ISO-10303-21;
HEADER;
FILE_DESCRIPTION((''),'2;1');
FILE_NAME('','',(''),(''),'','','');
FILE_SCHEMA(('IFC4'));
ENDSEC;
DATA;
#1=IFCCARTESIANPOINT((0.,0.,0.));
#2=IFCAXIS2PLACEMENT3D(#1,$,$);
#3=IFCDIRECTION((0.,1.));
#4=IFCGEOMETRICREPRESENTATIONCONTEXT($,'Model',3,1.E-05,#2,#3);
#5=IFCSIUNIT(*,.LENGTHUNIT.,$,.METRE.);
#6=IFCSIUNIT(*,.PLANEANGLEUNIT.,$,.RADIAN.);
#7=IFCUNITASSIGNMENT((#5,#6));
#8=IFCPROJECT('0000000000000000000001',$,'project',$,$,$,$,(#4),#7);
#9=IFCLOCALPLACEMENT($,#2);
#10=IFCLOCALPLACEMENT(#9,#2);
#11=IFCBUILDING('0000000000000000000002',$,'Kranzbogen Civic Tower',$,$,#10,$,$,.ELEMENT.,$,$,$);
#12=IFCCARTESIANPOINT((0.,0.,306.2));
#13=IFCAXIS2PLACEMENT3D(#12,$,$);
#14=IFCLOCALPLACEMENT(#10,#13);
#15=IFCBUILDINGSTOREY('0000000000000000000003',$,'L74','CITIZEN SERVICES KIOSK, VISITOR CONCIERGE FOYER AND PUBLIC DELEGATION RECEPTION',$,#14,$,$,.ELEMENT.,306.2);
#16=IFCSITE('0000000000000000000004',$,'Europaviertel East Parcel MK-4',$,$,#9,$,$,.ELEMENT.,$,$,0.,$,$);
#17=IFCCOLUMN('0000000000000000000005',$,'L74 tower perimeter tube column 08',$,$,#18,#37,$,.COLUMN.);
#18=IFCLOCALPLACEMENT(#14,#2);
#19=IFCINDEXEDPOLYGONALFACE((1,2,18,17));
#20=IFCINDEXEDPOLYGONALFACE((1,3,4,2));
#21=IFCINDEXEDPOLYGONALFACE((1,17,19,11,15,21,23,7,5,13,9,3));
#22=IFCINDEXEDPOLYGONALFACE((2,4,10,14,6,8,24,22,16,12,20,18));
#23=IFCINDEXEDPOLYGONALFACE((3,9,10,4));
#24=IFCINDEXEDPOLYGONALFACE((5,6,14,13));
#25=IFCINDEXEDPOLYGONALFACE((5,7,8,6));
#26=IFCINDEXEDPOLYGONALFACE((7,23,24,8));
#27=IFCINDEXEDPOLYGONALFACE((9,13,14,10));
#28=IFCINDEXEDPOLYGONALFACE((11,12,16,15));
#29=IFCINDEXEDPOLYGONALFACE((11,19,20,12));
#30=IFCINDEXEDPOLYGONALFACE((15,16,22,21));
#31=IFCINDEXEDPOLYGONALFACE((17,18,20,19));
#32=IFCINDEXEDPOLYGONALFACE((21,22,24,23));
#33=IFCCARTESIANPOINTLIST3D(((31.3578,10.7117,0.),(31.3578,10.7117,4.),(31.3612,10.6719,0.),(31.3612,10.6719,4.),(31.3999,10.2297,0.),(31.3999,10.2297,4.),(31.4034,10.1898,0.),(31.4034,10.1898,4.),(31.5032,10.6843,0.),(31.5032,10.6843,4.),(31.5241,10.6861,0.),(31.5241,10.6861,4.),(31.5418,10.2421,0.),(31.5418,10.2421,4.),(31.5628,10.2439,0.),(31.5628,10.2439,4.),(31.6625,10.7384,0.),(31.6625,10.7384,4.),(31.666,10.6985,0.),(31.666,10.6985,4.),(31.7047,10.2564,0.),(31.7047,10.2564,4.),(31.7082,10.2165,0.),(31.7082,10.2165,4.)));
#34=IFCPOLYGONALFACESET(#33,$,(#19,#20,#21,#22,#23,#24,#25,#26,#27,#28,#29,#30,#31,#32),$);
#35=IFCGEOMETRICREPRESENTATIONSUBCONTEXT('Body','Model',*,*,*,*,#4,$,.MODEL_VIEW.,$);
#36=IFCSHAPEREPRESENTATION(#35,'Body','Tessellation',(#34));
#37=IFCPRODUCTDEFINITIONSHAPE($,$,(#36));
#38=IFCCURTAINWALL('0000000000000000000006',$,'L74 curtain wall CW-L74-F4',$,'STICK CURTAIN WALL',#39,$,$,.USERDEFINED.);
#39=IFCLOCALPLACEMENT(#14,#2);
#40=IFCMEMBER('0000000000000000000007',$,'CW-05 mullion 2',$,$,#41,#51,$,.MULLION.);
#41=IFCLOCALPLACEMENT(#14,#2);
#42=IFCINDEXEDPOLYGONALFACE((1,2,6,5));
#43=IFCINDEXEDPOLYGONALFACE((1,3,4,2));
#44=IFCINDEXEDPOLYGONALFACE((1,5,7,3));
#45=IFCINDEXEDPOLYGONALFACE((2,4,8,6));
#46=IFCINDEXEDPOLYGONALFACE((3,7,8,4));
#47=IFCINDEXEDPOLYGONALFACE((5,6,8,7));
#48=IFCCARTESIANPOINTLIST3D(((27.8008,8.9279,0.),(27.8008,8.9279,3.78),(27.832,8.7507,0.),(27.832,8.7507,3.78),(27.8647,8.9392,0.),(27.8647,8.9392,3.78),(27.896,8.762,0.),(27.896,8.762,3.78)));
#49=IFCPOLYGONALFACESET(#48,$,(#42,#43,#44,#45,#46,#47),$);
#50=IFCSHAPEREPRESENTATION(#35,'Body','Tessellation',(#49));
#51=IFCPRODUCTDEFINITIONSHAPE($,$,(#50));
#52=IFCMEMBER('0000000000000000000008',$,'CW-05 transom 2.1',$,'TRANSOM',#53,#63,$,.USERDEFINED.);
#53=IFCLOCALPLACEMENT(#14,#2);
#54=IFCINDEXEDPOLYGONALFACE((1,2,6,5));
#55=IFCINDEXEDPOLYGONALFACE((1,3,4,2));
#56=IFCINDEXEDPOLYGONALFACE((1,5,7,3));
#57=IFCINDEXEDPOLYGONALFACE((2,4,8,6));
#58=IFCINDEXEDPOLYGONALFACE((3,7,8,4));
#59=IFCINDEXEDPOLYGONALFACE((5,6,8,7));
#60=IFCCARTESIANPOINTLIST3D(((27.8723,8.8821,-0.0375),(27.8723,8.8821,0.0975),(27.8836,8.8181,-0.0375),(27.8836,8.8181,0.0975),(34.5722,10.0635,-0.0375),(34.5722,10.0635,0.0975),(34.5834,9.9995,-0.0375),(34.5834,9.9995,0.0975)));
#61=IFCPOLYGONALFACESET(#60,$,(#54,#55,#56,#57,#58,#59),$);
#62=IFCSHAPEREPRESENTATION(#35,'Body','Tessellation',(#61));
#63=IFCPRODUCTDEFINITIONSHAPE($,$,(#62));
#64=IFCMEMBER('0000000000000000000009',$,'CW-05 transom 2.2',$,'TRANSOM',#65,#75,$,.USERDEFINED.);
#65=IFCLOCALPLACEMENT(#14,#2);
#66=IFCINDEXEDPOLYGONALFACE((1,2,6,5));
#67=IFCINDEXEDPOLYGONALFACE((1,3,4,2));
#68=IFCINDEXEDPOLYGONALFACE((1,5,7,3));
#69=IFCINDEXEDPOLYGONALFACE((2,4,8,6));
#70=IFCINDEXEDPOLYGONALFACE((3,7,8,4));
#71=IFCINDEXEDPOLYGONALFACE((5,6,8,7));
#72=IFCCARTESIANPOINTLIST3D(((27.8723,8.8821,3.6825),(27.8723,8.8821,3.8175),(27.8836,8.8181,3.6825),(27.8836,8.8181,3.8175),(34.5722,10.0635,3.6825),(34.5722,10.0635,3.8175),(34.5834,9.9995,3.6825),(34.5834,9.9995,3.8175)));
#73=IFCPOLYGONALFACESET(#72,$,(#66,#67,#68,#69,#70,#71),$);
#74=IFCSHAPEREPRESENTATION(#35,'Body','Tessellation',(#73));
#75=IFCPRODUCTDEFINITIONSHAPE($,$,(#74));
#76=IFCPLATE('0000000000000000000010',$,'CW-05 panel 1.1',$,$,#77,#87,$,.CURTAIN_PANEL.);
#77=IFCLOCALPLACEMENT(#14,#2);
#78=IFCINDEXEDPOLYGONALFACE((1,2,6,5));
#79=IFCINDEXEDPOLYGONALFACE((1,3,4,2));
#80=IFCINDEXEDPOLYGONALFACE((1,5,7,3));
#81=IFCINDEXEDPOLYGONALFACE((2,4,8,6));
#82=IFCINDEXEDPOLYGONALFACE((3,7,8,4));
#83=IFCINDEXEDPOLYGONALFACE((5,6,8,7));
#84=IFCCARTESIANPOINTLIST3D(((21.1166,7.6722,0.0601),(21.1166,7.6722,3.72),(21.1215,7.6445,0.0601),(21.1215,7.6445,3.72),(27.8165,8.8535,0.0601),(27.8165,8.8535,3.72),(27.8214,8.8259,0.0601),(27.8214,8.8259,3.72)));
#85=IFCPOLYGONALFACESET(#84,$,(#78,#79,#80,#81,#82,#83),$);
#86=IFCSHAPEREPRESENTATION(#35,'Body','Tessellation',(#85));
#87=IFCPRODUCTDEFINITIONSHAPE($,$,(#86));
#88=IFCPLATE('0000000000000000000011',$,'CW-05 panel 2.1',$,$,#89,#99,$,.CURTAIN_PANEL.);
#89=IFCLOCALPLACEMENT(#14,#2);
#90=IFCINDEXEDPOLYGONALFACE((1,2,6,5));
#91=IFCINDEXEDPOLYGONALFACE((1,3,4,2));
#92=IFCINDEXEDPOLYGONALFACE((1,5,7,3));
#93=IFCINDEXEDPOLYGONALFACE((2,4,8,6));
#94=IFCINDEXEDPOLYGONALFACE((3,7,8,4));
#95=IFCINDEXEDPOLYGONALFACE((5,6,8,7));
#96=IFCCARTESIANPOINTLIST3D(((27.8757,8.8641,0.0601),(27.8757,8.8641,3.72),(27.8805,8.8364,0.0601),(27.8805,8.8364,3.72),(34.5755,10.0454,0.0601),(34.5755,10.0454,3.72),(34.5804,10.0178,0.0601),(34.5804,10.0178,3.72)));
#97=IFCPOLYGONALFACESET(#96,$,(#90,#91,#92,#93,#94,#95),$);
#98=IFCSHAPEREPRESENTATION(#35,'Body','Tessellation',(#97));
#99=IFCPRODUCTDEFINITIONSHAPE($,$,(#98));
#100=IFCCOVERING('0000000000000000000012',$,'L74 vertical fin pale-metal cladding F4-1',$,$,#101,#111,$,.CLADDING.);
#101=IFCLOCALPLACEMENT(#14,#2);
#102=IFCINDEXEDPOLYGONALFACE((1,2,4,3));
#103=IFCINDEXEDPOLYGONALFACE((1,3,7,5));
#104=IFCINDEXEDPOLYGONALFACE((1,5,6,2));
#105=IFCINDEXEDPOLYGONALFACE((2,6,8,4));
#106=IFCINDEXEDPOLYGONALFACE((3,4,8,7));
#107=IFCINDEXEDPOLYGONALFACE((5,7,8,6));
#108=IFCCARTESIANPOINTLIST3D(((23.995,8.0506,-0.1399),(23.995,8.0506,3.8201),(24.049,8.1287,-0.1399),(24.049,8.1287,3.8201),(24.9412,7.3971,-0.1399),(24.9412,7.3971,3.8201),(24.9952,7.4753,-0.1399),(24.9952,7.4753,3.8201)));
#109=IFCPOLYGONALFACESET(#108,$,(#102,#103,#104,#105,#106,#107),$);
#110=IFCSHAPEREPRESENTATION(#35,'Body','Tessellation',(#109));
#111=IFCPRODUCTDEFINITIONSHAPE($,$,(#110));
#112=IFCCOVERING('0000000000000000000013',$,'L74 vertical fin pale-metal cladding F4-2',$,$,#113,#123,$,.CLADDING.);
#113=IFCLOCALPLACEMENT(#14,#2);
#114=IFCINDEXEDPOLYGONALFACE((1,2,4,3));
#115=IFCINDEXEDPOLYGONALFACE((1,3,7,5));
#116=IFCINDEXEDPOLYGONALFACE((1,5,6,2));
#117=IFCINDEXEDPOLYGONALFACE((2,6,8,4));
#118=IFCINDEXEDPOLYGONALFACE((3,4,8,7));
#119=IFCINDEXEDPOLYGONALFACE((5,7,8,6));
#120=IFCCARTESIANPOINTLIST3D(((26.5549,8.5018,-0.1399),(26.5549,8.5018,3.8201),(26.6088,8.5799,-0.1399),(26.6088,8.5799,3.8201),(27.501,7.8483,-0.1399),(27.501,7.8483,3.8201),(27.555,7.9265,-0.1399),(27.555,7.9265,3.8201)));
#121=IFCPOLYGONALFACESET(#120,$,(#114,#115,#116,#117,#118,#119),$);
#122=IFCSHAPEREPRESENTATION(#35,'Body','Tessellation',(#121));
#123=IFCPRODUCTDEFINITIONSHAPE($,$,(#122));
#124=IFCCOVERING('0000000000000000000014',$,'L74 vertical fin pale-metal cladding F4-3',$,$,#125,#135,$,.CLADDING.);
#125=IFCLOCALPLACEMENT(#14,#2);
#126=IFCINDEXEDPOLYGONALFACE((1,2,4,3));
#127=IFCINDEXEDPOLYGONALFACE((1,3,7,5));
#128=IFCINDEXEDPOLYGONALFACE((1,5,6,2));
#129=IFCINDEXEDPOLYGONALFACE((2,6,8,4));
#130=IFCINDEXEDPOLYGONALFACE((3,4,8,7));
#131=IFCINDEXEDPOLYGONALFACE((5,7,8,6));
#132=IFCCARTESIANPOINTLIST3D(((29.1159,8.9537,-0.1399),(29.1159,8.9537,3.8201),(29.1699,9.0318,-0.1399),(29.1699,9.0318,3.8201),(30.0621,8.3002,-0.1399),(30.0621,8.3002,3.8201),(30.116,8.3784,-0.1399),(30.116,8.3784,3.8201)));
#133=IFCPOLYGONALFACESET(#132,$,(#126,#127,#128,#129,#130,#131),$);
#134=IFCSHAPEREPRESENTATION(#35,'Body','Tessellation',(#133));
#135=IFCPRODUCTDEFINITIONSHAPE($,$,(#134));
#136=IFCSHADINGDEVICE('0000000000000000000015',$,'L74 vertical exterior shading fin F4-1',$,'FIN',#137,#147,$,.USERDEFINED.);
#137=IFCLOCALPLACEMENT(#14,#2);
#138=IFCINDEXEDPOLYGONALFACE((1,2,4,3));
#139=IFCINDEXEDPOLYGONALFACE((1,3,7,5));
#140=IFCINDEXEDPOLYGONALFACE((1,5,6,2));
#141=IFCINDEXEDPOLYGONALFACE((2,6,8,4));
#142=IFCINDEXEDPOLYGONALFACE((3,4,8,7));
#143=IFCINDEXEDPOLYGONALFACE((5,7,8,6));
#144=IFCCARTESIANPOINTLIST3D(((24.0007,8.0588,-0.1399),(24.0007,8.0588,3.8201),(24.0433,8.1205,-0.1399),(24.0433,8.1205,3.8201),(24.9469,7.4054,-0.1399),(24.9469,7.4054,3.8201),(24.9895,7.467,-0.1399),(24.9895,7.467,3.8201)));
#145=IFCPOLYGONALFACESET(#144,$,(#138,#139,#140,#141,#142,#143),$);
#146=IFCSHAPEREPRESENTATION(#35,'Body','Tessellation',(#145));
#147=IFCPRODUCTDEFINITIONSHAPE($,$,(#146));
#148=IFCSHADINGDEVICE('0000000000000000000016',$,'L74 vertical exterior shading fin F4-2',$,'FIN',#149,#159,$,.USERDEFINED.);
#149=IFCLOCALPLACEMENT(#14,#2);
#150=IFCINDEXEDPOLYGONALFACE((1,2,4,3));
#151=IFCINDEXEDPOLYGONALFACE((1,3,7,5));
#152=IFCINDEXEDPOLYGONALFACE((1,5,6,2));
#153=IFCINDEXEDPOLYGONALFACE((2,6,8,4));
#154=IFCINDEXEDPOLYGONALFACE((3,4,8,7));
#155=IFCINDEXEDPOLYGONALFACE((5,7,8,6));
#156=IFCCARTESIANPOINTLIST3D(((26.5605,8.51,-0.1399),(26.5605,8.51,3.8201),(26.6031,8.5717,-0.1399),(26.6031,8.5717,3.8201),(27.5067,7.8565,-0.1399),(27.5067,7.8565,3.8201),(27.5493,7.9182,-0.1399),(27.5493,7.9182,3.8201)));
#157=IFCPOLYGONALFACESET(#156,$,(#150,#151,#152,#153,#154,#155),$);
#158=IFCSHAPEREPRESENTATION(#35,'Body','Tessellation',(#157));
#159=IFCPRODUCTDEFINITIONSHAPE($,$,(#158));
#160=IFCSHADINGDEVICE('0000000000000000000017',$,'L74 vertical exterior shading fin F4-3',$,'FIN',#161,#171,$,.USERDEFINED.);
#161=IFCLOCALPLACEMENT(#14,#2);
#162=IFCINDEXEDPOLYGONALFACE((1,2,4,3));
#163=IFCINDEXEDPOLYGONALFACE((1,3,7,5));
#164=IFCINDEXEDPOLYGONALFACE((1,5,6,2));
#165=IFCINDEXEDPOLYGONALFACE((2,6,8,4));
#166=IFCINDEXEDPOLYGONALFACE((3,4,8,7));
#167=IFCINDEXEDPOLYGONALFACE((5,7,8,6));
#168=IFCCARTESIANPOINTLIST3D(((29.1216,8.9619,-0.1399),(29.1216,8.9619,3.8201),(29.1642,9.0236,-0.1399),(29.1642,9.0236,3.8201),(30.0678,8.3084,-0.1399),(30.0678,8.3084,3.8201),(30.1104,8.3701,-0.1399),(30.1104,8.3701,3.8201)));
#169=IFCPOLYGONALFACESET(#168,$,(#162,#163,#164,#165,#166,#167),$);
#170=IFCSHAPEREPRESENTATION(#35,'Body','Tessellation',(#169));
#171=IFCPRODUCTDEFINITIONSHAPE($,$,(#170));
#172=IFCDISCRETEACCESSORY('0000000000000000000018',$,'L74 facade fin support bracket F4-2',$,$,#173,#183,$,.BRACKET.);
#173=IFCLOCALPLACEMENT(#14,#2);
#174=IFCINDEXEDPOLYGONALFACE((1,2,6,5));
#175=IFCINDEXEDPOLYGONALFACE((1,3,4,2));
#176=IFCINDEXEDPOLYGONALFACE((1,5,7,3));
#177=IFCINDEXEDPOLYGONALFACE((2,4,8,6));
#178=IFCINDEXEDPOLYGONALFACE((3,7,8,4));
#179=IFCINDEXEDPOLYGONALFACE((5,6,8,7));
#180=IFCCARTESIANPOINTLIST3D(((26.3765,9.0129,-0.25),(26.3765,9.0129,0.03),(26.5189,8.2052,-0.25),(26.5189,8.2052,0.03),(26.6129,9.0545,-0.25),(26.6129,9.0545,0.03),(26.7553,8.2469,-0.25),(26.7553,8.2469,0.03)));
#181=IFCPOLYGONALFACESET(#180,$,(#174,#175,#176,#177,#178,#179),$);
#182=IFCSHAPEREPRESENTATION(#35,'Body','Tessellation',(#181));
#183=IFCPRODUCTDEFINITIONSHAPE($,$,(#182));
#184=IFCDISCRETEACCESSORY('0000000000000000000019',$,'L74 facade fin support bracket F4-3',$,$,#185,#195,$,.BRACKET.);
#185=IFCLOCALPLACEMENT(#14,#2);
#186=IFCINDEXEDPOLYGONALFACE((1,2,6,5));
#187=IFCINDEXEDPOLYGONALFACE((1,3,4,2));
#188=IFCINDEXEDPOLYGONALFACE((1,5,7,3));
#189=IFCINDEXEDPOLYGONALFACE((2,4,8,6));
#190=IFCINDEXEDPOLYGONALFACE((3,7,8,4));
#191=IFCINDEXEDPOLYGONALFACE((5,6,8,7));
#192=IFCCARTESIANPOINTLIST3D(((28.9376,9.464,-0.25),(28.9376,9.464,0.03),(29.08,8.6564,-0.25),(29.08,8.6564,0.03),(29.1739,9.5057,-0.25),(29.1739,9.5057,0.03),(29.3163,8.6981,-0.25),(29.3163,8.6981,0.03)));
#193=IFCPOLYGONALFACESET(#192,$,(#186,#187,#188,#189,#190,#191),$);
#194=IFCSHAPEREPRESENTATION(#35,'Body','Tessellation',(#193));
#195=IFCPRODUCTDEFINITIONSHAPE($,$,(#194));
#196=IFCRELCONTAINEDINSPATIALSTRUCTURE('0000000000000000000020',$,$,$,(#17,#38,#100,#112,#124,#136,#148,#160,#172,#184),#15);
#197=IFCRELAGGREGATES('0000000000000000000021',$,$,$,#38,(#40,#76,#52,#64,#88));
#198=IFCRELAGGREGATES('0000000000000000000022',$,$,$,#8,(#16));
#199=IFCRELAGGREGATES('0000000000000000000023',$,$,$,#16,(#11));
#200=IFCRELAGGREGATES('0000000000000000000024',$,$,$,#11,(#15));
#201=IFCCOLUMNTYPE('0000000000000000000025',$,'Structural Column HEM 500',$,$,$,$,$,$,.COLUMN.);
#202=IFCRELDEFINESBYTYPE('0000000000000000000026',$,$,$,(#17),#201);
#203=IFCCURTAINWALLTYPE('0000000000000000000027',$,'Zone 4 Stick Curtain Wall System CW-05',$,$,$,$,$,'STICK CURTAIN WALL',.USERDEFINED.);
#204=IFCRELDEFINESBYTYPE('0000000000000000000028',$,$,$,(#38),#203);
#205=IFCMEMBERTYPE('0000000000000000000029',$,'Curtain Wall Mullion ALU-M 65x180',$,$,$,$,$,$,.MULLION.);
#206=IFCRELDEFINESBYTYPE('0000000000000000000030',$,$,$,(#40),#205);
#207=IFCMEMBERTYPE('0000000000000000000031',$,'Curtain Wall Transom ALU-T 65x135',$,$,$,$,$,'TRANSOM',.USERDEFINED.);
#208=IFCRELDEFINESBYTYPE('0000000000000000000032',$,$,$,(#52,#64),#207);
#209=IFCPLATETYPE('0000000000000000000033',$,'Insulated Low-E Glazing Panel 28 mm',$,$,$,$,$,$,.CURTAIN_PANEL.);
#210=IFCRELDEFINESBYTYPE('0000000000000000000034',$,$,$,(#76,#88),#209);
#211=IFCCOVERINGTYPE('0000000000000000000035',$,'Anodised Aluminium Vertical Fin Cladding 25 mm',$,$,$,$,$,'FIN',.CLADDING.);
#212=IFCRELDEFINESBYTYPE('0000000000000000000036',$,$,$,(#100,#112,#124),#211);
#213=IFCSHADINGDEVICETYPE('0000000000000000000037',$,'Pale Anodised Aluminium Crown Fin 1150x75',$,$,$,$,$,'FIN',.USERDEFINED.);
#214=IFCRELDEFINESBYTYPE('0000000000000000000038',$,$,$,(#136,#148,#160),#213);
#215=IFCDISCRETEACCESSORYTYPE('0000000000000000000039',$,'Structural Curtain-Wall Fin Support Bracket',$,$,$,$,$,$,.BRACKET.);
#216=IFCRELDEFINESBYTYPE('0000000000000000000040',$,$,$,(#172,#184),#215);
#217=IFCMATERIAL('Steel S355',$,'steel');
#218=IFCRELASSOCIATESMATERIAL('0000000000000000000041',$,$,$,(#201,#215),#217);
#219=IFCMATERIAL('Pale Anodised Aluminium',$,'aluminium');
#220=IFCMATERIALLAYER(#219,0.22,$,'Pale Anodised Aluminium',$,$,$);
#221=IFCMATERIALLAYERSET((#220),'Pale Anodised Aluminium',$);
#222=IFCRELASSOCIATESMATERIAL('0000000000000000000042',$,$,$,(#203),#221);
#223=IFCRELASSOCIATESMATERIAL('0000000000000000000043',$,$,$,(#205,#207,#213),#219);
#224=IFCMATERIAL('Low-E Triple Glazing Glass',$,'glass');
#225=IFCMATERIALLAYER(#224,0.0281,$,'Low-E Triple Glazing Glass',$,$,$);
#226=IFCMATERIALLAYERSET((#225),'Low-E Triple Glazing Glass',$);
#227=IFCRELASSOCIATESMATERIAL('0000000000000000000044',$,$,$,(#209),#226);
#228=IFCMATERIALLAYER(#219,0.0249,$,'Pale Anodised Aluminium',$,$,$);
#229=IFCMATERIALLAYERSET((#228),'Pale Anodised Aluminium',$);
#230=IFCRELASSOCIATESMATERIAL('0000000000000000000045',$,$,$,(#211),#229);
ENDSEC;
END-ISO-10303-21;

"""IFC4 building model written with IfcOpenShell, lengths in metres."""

from ifc_helpers import new_model, si_unit, direction, frame, origin, origin_2d, place, context, subcontext, project, spatial, rectangle, i_section, extrude, material, layer, layer_set, material_profile, profile_set, type_object, element, aggregate, save


model = new_model("IFC4")

# Units and contexts
model_context = context("Model", 3, precision=1e-05, world=origin(), true_north=direction((0.0, 1.0)))
body_context = subcontext(model_context, "Body", "Model", "MODEL_VIEW")
ifc_project = project(units=[si_unit("LENGTHUNIT", "METRE"), si_unit("PLANEANGLEUNIT", "RADIAN")], contexts=[model_context])

# Site, building, storey
site_placement = place(None, origin())
site = spatial("IfcSite", under=ifc_project, at=site_placement, Name="Europaviertel East Parcel MK-4", CompositionType="ELEMENT", RefElevation=0.0)
building_placement = place(site_placement, origin())
building = spatial("IfcBuilding", under=site, at=building_placement, Name="Kranzbogen Civic Tower", CompositionType="ELEMENT")
storey_placement = place(building_placement, frame((0.0, 0.0, 306.2)))
storey = spatial("IfcBuildingStorey", under=building, at=storey_placement, Name="L74", Description="CITIZEN SERVICES KIOSK, VISITOR CONCIERGE FOYER AND PUBLIC DELEGATION RECEPTION", CompositionType="ELEMENT", Elevation=306.2)

# Column
ifc_material_1 = material(Name="Steel S355", Category="steel")
ifc_material_profile_1 = material_profile(ifc_material_1, i_section(OverallWidth=0.3059, OverallDepth=0.5239, WebThickness=0.021, FlangeThickness=0.04, at=origin_2d()), Name="HEM 500")
ifc_profile_set_1 = profile_set([ifc_material_profile_1], Name="Steel S355")
column_type = type_object("IfcColumnType", Name="Structural Column HEM 500", PredefinedType="COLUMN", material=ifc_profile_set_1)
column_placement = place(storey_placement, frame((31.533, 10.4641, 0.0), z_axis=(0.0, 0.0, 1.0), x_axis=(0.996195, 0.087156, 0.0)))
element("IfcColumn", 1, at=column_placement, inside=storey, type_object=column_type, Name="L74 tower perimeter tube column 08", PredefinedType="COLUMN", context=body_context, shape_type="SweptSolid", body=[
    extrude(i_section(OverallWidth=0.3059, OverallDepth=0.5239, WebThickness=0.021, FlangeThickness=0.04, at=origin_2d()), origin(), (0.0, 0.0, 1.0), 4.0),
])

# Curtain wall, members, plates
ifc_material_2 = material(Name="Pale Anodised Aluminium", Category="aluminium")
ifc_layer_1 = layer(ifc_material_2, 0.22, Name="Pale Anodised Aluminium")
ifc_layer_set_1 = layer_set([ifc_layer_1], Name="Pale Anodised Aluminium")
curtain_wall_type = type_object("IfcCurtainWallType", Name="Zone 4 Stick Curtain Wall System CW-05", ElementType="STICK CURTAIN WALL", PredefinedType="USERDEFINED", material=ifc_layer_set_1)
curtain_wall_placement = place(storey_placement, origin())
curtain_wall = element("IfcCurtainWall", 2, at=curtain_wall_placement, inside=storey, type_object=curtain_wall_type, Name="L74 curtain wall CW-L74-F4", ObjectType="STICK CURTAIN WALL", PredefinedType="USERDEFINED")
ifc_material_profile_2 = material_profile(ifc_material_2, rectangle(XDim=0.0649, YDim=0.1799, at=origin_2d()), Name="ALU-M 65x180")
ifc_profile_set_2 = profile_set([ifc_material_profile_2], Name="Pale Anodised Aluminium")
member_type_1 = type_object("IfcMemberType", Name="Curtain Wall Mullion ALU-M 65x180", PredefinedType="MULLION", material=ifc_profile_set_2)
member_1_placement = place(storey_placement, frame((27.8484, 8.845, 0.0), z_axis=(0.0, 0.0, 1.0), x_axis=(0.984808, 0.173649, 0.0)))
member_1 = element("IfcMember", 3, at=member_1_placement, type_object=member_type_1, Name="CW-05 mullion 2", PredefinedType="MULLION", context=body_context, shape_type="SweptSolid", body=[
    extrude(rectangle(XDim=0.0649, YDim=0.1799, at=origin_2d()), origin(), (0.0, 0.0, 1.0), 3.78),
])
ifc_material_profile_3 = material_profile(ifc_material_2, rectangle(XDim=0.0649, YDim=0.135, at=origin_2d()), Name="ALU-T 65x135")
ifc_profile_set_3 = profile_set([ifc_material_profile_3], Name="Pale Anodised Aluminium")
member_type_2 = type_object("IfcMemberType", Name="Curtain Wall Transom ALU-T 65x135", ElementType="TRANSOM", PredefinedType="USERDEFINED", material=ifc_profile_set_3)
member_2_placement = place(storey_placement, frame((27.8779, 8.8501, 0.03), z_axis=(0.984807, 0.17365, 0.0), x_axis=(-0.17365, 0.984807, 0.0)))
member_2 = element("IfcMember", 4, at=member_2_placement, type_object=member_type_2, Name="CW-05 transom 2.1", ObjectType="TRANSOM", PredefinedType="USERDEFINED", context=body_context, shape_type="SweptSolid", body=[
    extrude(rectangle(XDim=0.0649, YDim=0.135, at=origin_2d()), origin(), (0.0, 0.0, 1.0), 6.8032),
])
member_3_placement = place(storey_placement, frame((27.8779, 8.8501, 3.75), z_axis=(0.984807, 0.17365, 0.0), x_axis=(-0.17365, 0.984807, 0.0)))
member_3 = element("IfcMember", 5, at=member_3_placement, type_object=member_type_2, Name="CW-05 transom 2.2", ObjectType="TRANSOM", PredefinedType="USERDEFINED", context=body_context, shape_type="SweptSolid", body=[
    extrude(rectangle(XDim=0.0649, YDim=0.135, at=origin_2d()), origin(), (0.0, 0.0, 1.0), 6.8032),
])
ifc_material_3 = material(Name="Low-E Triple Glazing Glass", Category="glass")
ifc_layer_2 = layer(ifc_material_3, 0.0281, Name="Low-E Triple Glazing Glass")
ifc_layer_set_2 = layer_set([ifc_layer_2], Name="Low-E Triple Glazing Glass")
plate_type = type_object("IfcPlateType", Name="Insulated Low-E Glazing Panel 28 mm", PredefinedType="CURTAIN_PANEL", material=ifc_layer_set_2)
plate_1_placement = place(storey_placement, frame((24.469, 8.249, 0.0601), z_axis=(0.0, 0.0, 1.0), x_axis=(0.984808, 0.173649, 0.0)))
plate_1 = element("IfcPlate", 6, at=plate_1_placement, type_object=plate_type, Name="CW-05 panel 1.1", PredefinedType="CURTAIN_PANEL", context=body_context, shape_type="SweptSolid", body=[
    extrude(rectangle(XDim=6.8032, YDim=0.0281, at=origin_2d()), origin(), (0.0, 0.0, 1.0), 3.6599),
])
plate_2_placement = place(storey_placement, frame((31.228, 9.4409, 0.0601), z_axis=(0.0, 0.0, 1.0), x_axis=(0.984808, 0.173649, 0.0)))
plate_2 = element("IfcPlate", 7, at=plate_2_placement, type_object=plate_type, Name="CW-05 panel 2.1", PredefinedType="CURTAIN_PANEL", context=body_context, shape_type="SweptSolid", body=[
    extrude(rectangle(XDim=6.8032, YDim=0.0281, at=origin_2d()), origin(), (0.0, 0.0, 1.0), 3.6599),
])
aggregate(curtain_wall, [member_1, plate_1, member_2, member_3, plate_2])

# Coverings
ifc_layer_3 = layer(ifc_material_2, 0.0249, Name="Pale Anodised Aluminium")
ifc_layer_set_3 = layer_set([ifc_layer_3], Name="Pale Anodised Aluminium")
covering_type = type_object("IfcCoveringType", Name="Anodised Aluminium Vertical Fin Cladding 25 mm", ElementType="FIN", PredefinedType="CLADDING", material=ifc_layer_set_3)
for number, where, z_axis, x_axis, name in (
    (8, (24.4951, 7.7629, -0.1399), (0.0, 0.0, 1.0), (0.822839, -0.568275, 0.0), "L74 vertical fin pale-metal cladding F4-1"),
    (9, (27.0549, 8.2141, -0.1399), (0.0, 0.0, 1.0), (0.822839, -0.568275, 0.0), "L74 vertical fin pale-metal cladding F4-2"),
    (10, (29.616, 8.666, -0.1399), (0.0, 0.0, 1.0), (0.822839, -0.568275, 0.0), "L74 vertical fin pale-metal cladding F4-3"),
):
    element("IfcCovering", number, at=place(storey_placement, frame(where, z_axis=z_axis, x_axis=x_axis)), inside=storey, type_object=covering_type, Name=name, PredefinedType="CLADDING", context=body_context, shape_type="SweptSolid", body=[
        extrude(rectangle(XDim=1.1499, YDim=0.095, at=origin_2d()), origin(), (0.0, 0.0, 1.0), 3.96),
    ])

# Shading devices
shading_device_type = type_object("IfcShadingDeviceType", Name="Pale Anodised Aluminium Crown Fin 1150x75", ElementType="FIN", PredefinedType="USERDEFINED", material=ifc_material_2)
for number, where, z_axis, x_axis, name in (
    (11, (24.4951, 7.7629, -0.1399), (0.0, 0.0, 1.0), (0.822839, -0.568275, 0.0), "L74 vertical exterior shading fin F4-1"),
    (12, (27.0549, 8.2141, -0.1399), (0.0, 0.0, 1.0), (0.822839, -0.568275, 0.0), "L74 vertical exterior shading fin F4-2"),
    (13, (29.616, 8.666, -0.1399), (0.0, 0.0, 1.0), (0.822839, -0.568275, 0.0), "L74 vertical exterior shading fin F4-3"),
):
    element("IfcShadingDevice", number, at=place(storey_placement, frame(where, z_axis=z_axis, x_axis=x_axis)), inside=storey, type_object=shading_device_type, Name=name, ObjectType="FIN", PredefinedType="USERDEFINED", context=body_context, shape_type="SweptSolid", body=[
        extrude(rectangle(XDim=1.1499, YDim=0.075, at=origin_2d()), origin(), (0.0, 0.0, 1.0), 3.96),
    ])

# Discrete accessories
discrete_accessory_type = type_object("IfcDiscreteAccessoryType", Name="Structural Curtain-Wall Fin Support Bracket", PredefinedType="BRACKET", material=ifc_material_1)
for number, where, z_axis, x_axis, name in (
    (14, (26.5659, 8.6299, -0.25), (0.0, 0.0, 1.0), (0.173648, -0.984808, 0.0), "L74 facade fin support bracket F4-2"),
    (15, (29.127, 9.0811, -0.25), (0.0, 0.0, 1.0), (0.173648, -0.984808, 0.0), "L74 facade fin support bracket F4-3"),
):
    element("IfcDiscreteAccessory", number, at=place(storey_placement, frame(where, z_axis=z_axis, x_axis=x_axis)), inside=storey, type_object=discrete_accessory_type, Name=name, PredefinedType="BRACKET", context=body_context, shape_type="SweptSolid", body=[
        extrude(rectangle(XDim=0.8201, YDim=0.24, at=origin_2d()), origin(), (0.0, 0.0, 1.0), 0.28),
    ])

save(model, "model.ifc")
